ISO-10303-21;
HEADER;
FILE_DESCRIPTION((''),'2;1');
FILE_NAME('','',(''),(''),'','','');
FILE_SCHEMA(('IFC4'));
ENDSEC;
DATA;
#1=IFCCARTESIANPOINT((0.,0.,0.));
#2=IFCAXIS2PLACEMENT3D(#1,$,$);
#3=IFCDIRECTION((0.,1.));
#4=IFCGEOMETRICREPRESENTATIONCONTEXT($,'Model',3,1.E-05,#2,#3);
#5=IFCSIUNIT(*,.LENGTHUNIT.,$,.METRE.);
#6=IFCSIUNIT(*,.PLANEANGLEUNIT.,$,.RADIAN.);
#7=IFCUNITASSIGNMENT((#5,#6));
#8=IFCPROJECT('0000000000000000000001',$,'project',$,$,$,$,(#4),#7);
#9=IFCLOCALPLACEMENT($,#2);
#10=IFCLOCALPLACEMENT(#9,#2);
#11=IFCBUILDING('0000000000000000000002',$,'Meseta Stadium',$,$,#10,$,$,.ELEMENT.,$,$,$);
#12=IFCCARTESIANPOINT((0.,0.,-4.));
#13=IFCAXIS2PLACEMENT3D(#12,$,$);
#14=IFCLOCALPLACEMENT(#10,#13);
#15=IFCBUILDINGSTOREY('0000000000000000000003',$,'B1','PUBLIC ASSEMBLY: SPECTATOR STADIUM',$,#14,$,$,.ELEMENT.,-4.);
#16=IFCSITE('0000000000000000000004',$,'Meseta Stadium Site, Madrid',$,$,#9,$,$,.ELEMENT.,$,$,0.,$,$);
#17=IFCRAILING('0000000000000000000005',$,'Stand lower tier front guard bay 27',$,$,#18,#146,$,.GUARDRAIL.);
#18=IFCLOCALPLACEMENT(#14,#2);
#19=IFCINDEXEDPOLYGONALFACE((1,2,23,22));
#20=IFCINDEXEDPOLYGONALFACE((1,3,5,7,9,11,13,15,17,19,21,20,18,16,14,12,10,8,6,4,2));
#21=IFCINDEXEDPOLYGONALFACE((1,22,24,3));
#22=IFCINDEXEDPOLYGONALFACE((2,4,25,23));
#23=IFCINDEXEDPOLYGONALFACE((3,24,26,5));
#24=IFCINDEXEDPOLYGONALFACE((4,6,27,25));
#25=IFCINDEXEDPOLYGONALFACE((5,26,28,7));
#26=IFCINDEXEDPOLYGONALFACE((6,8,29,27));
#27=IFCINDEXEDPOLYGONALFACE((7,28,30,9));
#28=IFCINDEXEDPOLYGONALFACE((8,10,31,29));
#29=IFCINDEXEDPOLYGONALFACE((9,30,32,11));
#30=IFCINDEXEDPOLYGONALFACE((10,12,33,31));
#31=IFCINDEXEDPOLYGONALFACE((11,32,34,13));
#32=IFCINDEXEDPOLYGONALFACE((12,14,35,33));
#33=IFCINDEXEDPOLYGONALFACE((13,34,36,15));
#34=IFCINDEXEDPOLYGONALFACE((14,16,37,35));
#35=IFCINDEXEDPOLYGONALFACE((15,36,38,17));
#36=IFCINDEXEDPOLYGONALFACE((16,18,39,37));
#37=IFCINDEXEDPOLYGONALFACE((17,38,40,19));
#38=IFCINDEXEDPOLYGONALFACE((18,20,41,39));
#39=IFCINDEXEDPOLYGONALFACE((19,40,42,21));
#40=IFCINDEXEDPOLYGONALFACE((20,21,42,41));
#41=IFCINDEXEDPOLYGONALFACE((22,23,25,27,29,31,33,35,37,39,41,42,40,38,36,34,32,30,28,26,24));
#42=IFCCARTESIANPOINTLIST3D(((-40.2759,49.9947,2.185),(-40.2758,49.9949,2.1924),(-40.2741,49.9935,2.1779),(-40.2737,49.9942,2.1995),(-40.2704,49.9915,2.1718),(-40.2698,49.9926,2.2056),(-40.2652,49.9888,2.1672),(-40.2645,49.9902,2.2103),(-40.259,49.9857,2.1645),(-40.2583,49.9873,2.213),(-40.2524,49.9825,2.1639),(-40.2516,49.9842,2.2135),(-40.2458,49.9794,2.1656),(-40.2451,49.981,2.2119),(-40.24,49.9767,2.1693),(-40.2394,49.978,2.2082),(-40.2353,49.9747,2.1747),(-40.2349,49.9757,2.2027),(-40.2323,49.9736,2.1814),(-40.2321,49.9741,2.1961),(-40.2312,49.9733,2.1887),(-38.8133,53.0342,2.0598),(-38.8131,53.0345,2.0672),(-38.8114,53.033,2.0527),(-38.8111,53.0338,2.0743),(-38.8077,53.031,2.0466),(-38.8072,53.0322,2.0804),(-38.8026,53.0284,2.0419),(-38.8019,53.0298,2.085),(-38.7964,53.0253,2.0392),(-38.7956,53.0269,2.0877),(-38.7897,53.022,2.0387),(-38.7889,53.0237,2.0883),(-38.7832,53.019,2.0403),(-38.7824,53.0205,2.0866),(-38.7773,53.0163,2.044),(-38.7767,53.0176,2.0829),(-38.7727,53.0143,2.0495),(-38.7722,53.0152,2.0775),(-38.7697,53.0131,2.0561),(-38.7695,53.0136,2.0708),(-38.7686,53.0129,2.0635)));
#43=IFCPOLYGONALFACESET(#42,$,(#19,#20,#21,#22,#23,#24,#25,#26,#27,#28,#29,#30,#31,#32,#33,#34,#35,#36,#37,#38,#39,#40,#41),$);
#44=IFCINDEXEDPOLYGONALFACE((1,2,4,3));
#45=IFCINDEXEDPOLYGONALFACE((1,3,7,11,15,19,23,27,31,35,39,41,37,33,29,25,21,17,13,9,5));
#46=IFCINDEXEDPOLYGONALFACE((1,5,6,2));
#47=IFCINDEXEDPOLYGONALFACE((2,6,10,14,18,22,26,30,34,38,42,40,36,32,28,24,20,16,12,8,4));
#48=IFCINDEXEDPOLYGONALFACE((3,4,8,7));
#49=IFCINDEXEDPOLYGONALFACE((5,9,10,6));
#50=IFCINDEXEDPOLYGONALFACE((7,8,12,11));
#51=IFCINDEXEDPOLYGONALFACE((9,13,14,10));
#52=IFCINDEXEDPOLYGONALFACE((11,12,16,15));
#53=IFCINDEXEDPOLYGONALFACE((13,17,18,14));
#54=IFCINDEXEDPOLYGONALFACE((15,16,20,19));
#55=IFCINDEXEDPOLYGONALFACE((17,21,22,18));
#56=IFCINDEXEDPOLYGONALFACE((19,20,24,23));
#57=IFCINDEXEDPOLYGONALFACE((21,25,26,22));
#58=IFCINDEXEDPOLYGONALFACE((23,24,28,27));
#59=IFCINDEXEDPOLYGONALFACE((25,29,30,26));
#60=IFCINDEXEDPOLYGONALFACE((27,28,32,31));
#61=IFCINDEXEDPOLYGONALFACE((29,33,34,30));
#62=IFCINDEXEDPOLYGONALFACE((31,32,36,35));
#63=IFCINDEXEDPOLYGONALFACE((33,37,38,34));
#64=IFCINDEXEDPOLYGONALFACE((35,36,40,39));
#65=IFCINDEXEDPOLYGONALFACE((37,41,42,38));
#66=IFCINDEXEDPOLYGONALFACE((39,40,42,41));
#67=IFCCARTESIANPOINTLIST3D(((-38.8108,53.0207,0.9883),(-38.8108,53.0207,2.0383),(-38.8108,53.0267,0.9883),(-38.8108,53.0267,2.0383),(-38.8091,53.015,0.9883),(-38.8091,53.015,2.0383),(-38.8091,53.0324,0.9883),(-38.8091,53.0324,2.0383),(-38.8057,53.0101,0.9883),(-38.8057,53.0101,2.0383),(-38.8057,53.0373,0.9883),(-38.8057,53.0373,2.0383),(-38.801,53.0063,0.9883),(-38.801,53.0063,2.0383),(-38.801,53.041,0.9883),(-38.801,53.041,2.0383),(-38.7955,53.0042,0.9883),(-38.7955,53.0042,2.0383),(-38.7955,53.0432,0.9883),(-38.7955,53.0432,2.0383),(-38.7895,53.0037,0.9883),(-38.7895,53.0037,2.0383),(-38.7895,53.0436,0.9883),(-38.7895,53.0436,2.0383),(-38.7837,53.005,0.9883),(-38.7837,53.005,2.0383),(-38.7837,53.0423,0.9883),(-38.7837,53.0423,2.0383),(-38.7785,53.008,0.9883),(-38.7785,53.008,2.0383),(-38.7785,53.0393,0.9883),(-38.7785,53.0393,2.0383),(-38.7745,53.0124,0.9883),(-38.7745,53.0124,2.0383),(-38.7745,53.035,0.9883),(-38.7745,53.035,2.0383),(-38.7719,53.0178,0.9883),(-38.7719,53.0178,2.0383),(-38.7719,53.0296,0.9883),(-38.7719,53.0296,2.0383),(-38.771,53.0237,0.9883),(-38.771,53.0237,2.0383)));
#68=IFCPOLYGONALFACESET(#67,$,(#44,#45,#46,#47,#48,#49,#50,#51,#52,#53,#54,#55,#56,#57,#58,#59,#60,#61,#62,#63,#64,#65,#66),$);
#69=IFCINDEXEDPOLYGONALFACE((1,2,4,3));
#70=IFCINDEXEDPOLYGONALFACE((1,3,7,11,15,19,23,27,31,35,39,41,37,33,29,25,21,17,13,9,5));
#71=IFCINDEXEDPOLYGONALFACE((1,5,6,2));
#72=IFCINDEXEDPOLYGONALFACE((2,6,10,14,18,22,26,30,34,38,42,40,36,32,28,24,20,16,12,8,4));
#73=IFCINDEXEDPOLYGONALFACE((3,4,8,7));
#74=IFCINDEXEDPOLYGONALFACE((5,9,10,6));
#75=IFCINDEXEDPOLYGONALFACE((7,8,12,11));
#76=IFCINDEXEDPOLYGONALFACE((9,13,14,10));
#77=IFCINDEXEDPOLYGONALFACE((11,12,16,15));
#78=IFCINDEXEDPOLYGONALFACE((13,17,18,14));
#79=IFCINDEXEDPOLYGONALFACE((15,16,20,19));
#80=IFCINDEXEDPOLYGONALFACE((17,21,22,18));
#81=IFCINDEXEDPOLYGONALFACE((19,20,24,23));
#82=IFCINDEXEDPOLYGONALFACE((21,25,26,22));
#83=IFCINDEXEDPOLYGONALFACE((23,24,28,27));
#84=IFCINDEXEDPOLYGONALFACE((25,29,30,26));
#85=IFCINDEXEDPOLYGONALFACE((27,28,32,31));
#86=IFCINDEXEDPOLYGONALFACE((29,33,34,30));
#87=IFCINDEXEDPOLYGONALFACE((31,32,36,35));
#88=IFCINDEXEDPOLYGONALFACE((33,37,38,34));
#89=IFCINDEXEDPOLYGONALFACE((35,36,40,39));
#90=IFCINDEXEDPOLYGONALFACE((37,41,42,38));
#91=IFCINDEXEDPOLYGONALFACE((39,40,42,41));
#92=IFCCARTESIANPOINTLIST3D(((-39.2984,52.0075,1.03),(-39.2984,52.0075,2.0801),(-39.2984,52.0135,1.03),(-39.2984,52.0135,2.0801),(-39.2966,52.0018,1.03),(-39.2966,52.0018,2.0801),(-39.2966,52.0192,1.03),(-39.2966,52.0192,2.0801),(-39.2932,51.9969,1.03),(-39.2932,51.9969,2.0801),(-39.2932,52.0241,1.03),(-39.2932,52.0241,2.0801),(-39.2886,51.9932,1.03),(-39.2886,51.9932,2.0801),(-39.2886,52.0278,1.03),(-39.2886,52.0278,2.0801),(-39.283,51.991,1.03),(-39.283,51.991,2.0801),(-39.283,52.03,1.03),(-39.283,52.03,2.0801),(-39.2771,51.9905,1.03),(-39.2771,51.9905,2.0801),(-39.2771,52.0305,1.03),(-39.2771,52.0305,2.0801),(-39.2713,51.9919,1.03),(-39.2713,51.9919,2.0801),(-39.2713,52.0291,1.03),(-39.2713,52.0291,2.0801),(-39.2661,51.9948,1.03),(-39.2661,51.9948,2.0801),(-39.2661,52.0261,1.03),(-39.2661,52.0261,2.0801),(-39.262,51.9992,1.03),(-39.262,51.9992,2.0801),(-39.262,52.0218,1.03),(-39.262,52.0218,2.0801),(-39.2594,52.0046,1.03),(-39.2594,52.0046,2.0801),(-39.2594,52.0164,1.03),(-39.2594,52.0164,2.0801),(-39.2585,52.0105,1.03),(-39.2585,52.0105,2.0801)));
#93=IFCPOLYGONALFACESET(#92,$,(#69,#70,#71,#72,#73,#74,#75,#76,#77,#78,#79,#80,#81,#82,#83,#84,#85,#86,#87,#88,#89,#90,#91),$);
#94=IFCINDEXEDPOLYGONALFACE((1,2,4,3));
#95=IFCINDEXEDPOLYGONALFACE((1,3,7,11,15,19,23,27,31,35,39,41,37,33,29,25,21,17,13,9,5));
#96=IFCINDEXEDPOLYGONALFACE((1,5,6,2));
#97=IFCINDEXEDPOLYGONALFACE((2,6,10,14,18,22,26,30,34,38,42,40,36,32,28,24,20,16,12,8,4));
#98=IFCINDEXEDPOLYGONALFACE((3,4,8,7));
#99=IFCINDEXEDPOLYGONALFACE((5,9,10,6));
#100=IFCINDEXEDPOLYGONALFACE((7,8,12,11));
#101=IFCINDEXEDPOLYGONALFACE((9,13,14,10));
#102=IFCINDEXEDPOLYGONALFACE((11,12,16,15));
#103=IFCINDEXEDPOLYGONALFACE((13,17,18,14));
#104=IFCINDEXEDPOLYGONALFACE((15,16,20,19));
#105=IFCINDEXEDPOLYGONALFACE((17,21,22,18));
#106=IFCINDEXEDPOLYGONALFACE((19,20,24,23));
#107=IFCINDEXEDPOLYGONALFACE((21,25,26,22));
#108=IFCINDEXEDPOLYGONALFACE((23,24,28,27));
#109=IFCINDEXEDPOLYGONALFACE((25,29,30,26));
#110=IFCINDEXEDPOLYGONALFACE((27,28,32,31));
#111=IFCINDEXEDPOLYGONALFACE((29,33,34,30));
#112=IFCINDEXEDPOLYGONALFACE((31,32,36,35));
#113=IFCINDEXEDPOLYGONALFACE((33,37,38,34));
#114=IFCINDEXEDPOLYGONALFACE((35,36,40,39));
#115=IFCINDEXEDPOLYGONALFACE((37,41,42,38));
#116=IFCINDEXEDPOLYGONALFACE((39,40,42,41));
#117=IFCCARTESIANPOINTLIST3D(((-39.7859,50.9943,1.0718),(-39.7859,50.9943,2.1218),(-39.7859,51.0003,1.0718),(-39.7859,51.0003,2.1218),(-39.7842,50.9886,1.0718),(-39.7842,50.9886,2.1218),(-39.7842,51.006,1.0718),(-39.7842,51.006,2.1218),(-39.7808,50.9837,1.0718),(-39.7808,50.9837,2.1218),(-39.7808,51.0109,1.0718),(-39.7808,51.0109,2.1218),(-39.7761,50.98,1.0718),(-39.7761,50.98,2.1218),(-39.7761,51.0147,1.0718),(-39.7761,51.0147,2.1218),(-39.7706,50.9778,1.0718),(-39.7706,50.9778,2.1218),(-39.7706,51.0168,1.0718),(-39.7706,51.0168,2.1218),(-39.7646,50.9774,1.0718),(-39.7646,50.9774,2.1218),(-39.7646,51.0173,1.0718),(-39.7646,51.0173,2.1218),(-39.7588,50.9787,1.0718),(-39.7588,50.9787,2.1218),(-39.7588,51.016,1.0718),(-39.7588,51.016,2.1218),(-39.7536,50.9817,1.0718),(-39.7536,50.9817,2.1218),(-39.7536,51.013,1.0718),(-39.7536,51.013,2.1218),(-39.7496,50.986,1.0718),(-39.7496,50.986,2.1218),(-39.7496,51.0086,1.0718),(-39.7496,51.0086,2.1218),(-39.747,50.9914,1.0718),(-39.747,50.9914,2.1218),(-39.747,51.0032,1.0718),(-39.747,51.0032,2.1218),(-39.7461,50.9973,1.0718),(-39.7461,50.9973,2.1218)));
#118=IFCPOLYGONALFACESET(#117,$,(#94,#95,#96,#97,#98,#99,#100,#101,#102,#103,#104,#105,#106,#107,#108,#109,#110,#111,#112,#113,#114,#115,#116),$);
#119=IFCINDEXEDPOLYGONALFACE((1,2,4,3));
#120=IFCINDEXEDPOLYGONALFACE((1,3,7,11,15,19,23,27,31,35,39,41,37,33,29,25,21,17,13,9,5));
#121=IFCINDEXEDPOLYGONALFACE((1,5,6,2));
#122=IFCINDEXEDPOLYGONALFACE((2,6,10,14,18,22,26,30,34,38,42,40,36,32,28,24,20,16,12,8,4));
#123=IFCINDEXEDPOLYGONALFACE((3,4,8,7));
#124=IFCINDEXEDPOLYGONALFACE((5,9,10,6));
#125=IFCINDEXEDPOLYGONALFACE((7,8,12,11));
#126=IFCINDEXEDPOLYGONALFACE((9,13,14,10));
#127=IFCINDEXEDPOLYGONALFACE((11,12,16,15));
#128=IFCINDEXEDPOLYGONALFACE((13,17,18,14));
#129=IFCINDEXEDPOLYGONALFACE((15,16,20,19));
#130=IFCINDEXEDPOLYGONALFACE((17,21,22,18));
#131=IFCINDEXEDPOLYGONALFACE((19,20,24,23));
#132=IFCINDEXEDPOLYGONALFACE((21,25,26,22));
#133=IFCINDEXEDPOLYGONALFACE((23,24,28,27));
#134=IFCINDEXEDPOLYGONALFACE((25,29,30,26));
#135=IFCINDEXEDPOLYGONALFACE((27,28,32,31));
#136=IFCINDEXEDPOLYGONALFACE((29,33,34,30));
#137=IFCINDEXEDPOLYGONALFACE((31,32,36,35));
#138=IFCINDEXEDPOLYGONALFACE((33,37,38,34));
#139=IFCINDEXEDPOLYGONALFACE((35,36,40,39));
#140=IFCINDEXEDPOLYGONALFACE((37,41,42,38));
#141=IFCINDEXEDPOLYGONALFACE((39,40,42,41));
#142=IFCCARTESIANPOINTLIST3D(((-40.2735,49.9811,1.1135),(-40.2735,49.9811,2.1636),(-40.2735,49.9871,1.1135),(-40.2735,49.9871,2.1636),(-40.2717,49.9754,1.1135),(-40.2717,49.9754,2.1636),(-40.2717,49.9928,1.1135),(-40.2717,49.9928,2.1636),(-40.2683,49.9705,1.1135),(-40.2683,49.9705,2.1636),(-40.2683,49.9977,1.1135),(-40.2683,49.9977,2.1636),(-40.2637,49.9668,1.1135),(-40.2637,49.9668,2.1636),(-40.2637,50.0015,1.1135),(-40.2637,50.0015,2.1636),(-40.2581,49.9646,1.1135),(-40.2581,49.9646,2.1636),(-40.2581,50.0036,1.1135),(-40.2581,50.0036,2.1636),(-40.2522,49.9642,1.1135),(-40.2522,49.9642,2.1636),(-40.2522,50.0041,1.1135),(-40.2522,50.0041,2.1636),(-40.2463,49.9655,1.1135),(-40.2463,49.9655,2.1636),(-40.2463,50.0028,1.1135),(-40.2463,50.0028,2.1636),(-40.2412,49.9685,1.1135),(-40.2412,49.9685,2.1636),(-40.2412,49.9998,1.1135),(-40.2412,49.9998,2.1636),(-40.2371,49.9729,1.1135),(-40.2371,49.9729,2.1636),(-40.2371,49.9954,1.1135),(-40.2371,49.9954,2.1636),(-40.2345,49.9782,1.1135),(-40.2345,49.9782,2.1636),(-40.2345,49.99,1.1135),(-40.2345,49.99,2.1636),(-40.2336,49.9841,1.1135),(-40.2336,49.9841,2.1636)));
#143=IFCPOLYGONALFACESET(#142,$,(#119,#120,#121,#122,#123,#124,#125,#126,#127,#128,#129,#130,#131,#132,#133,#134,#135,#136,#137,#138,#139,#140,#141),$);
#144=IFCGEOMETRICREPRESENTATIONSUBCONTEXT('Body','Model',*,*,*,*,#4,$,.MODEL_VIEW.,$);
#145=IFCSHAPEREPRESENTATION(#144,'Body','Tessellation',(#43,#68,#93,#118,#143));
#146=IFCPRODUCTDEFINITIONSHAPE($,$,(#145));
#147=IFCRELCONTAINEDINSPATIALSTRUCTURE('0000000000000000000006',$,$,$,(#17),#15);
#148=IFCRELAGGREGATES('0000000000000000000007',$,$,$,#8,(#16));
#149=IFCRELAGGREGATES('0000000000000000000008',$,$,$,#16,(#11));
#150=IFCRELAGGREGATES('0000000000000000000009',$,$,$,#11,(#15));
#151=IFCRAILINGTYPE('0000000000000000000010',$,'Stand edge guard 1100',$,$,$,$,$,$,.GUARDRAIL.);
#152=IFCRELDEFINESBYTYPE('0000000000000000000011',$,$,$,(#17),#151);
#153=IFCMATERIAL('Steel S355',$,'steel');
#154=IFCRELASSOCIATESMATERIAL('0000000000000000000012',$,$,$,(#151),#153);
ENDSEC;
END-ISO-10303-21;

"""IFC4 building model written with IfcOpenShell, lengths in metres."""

from ifc_helpers import new_model, si_unit, direction, frame, origin, origin_2d, place, context, subcontext, project, spatial, circle, extrude, material, type_object, element, save


model = new_model("IFC4")

# Units and contexts
model_context = context("Model", 3, precision=1e-05, world=origin(), true_north=direction((0.0, 1.0)))
body_context = subcontext(model_context, "Body", "Model", "MODEL_VIEW")
ifc_project = project(units=[si_unit("LENGTHUNIT", "METRE"), si_unit("PLANEANGLEUNIT", "RADIAN")], contexts=[model_context])

# Site, building, storey
site_placement = place(None, origin())
site = spatial("IfcSite", under=ifc_project, at=site_placement, Name="Meseta Stadium Site, Madrid", CompositionType="ELEMENT", RefElevation=0.0)
building_placement = place(site_placement, origin())
building = spatial("IfcBuilding", under=site, at=building_placement, Name="Meseta Stadium", CompositionType="ELEMENT")
storey_placement = place(building_placement, frame((0.0, 0.0, -4.0)))
storey = spatial("IfcBuildingStorey", under=building, at=storey_placement, Name="B1", Description="PUBLIC ASSEMBLY: SPECTATOR STADIUM", CompositionType="ELEMENT", Elevation=-4.0)

# Railing
ifc_material_1 = material(Name="Steel S355", Category="steel")
railing_type = type_object("IfcRailingType", Name="Stand edge guard 1100", PredefinedType="GUARDRAIL", material=ifc_material_1)
railing_1_placement = place(storey_placement, frame((-38.791, 53.0237, 0.9883)))
element("IfcRailing", 1, at=railing_1_placement, inside=storey, type_object=railing_type, Name="Stand lower tier front guard bay 27", PredefinedType="GUARDRAIL", context=body_context, shape_type="SweptSolid", body=[
    extrude(circle(Radius=0.0249, at=origin_2d()), frame((0.0, 0.0, 1.0752), z_axis=(-0.433315, -0.900479, 0.037104), x_axis=(0.901099, -0.433613, 0.0)), (0.0, 0.0, 1.0), 3.3755),
    extrude(circle(Radius=0.02, at=origin_2d()), origin(), (0.0, 0.0, 1.0), 1.05),
    extrude(circle(Radius=0.02, at=origin_2d()), frame((-0.4875, -1.0132, 0.0417)), (0.0, 0.0, 1.0), 1.05),
    extrude(circle(Radius=0.02, at=origin_2d()), frame((-0.9751, -2.0264, 0.0835)), (0.0, 0.0, 1.0), 1.05),
    extrude(circle(Radius=0.02, at=origin_2d()), frame((-1.4626, -3.0396, 0.1252)), (0.0, 0.0, 1.0), 1.05),
])

save(model, "model.ifc")
